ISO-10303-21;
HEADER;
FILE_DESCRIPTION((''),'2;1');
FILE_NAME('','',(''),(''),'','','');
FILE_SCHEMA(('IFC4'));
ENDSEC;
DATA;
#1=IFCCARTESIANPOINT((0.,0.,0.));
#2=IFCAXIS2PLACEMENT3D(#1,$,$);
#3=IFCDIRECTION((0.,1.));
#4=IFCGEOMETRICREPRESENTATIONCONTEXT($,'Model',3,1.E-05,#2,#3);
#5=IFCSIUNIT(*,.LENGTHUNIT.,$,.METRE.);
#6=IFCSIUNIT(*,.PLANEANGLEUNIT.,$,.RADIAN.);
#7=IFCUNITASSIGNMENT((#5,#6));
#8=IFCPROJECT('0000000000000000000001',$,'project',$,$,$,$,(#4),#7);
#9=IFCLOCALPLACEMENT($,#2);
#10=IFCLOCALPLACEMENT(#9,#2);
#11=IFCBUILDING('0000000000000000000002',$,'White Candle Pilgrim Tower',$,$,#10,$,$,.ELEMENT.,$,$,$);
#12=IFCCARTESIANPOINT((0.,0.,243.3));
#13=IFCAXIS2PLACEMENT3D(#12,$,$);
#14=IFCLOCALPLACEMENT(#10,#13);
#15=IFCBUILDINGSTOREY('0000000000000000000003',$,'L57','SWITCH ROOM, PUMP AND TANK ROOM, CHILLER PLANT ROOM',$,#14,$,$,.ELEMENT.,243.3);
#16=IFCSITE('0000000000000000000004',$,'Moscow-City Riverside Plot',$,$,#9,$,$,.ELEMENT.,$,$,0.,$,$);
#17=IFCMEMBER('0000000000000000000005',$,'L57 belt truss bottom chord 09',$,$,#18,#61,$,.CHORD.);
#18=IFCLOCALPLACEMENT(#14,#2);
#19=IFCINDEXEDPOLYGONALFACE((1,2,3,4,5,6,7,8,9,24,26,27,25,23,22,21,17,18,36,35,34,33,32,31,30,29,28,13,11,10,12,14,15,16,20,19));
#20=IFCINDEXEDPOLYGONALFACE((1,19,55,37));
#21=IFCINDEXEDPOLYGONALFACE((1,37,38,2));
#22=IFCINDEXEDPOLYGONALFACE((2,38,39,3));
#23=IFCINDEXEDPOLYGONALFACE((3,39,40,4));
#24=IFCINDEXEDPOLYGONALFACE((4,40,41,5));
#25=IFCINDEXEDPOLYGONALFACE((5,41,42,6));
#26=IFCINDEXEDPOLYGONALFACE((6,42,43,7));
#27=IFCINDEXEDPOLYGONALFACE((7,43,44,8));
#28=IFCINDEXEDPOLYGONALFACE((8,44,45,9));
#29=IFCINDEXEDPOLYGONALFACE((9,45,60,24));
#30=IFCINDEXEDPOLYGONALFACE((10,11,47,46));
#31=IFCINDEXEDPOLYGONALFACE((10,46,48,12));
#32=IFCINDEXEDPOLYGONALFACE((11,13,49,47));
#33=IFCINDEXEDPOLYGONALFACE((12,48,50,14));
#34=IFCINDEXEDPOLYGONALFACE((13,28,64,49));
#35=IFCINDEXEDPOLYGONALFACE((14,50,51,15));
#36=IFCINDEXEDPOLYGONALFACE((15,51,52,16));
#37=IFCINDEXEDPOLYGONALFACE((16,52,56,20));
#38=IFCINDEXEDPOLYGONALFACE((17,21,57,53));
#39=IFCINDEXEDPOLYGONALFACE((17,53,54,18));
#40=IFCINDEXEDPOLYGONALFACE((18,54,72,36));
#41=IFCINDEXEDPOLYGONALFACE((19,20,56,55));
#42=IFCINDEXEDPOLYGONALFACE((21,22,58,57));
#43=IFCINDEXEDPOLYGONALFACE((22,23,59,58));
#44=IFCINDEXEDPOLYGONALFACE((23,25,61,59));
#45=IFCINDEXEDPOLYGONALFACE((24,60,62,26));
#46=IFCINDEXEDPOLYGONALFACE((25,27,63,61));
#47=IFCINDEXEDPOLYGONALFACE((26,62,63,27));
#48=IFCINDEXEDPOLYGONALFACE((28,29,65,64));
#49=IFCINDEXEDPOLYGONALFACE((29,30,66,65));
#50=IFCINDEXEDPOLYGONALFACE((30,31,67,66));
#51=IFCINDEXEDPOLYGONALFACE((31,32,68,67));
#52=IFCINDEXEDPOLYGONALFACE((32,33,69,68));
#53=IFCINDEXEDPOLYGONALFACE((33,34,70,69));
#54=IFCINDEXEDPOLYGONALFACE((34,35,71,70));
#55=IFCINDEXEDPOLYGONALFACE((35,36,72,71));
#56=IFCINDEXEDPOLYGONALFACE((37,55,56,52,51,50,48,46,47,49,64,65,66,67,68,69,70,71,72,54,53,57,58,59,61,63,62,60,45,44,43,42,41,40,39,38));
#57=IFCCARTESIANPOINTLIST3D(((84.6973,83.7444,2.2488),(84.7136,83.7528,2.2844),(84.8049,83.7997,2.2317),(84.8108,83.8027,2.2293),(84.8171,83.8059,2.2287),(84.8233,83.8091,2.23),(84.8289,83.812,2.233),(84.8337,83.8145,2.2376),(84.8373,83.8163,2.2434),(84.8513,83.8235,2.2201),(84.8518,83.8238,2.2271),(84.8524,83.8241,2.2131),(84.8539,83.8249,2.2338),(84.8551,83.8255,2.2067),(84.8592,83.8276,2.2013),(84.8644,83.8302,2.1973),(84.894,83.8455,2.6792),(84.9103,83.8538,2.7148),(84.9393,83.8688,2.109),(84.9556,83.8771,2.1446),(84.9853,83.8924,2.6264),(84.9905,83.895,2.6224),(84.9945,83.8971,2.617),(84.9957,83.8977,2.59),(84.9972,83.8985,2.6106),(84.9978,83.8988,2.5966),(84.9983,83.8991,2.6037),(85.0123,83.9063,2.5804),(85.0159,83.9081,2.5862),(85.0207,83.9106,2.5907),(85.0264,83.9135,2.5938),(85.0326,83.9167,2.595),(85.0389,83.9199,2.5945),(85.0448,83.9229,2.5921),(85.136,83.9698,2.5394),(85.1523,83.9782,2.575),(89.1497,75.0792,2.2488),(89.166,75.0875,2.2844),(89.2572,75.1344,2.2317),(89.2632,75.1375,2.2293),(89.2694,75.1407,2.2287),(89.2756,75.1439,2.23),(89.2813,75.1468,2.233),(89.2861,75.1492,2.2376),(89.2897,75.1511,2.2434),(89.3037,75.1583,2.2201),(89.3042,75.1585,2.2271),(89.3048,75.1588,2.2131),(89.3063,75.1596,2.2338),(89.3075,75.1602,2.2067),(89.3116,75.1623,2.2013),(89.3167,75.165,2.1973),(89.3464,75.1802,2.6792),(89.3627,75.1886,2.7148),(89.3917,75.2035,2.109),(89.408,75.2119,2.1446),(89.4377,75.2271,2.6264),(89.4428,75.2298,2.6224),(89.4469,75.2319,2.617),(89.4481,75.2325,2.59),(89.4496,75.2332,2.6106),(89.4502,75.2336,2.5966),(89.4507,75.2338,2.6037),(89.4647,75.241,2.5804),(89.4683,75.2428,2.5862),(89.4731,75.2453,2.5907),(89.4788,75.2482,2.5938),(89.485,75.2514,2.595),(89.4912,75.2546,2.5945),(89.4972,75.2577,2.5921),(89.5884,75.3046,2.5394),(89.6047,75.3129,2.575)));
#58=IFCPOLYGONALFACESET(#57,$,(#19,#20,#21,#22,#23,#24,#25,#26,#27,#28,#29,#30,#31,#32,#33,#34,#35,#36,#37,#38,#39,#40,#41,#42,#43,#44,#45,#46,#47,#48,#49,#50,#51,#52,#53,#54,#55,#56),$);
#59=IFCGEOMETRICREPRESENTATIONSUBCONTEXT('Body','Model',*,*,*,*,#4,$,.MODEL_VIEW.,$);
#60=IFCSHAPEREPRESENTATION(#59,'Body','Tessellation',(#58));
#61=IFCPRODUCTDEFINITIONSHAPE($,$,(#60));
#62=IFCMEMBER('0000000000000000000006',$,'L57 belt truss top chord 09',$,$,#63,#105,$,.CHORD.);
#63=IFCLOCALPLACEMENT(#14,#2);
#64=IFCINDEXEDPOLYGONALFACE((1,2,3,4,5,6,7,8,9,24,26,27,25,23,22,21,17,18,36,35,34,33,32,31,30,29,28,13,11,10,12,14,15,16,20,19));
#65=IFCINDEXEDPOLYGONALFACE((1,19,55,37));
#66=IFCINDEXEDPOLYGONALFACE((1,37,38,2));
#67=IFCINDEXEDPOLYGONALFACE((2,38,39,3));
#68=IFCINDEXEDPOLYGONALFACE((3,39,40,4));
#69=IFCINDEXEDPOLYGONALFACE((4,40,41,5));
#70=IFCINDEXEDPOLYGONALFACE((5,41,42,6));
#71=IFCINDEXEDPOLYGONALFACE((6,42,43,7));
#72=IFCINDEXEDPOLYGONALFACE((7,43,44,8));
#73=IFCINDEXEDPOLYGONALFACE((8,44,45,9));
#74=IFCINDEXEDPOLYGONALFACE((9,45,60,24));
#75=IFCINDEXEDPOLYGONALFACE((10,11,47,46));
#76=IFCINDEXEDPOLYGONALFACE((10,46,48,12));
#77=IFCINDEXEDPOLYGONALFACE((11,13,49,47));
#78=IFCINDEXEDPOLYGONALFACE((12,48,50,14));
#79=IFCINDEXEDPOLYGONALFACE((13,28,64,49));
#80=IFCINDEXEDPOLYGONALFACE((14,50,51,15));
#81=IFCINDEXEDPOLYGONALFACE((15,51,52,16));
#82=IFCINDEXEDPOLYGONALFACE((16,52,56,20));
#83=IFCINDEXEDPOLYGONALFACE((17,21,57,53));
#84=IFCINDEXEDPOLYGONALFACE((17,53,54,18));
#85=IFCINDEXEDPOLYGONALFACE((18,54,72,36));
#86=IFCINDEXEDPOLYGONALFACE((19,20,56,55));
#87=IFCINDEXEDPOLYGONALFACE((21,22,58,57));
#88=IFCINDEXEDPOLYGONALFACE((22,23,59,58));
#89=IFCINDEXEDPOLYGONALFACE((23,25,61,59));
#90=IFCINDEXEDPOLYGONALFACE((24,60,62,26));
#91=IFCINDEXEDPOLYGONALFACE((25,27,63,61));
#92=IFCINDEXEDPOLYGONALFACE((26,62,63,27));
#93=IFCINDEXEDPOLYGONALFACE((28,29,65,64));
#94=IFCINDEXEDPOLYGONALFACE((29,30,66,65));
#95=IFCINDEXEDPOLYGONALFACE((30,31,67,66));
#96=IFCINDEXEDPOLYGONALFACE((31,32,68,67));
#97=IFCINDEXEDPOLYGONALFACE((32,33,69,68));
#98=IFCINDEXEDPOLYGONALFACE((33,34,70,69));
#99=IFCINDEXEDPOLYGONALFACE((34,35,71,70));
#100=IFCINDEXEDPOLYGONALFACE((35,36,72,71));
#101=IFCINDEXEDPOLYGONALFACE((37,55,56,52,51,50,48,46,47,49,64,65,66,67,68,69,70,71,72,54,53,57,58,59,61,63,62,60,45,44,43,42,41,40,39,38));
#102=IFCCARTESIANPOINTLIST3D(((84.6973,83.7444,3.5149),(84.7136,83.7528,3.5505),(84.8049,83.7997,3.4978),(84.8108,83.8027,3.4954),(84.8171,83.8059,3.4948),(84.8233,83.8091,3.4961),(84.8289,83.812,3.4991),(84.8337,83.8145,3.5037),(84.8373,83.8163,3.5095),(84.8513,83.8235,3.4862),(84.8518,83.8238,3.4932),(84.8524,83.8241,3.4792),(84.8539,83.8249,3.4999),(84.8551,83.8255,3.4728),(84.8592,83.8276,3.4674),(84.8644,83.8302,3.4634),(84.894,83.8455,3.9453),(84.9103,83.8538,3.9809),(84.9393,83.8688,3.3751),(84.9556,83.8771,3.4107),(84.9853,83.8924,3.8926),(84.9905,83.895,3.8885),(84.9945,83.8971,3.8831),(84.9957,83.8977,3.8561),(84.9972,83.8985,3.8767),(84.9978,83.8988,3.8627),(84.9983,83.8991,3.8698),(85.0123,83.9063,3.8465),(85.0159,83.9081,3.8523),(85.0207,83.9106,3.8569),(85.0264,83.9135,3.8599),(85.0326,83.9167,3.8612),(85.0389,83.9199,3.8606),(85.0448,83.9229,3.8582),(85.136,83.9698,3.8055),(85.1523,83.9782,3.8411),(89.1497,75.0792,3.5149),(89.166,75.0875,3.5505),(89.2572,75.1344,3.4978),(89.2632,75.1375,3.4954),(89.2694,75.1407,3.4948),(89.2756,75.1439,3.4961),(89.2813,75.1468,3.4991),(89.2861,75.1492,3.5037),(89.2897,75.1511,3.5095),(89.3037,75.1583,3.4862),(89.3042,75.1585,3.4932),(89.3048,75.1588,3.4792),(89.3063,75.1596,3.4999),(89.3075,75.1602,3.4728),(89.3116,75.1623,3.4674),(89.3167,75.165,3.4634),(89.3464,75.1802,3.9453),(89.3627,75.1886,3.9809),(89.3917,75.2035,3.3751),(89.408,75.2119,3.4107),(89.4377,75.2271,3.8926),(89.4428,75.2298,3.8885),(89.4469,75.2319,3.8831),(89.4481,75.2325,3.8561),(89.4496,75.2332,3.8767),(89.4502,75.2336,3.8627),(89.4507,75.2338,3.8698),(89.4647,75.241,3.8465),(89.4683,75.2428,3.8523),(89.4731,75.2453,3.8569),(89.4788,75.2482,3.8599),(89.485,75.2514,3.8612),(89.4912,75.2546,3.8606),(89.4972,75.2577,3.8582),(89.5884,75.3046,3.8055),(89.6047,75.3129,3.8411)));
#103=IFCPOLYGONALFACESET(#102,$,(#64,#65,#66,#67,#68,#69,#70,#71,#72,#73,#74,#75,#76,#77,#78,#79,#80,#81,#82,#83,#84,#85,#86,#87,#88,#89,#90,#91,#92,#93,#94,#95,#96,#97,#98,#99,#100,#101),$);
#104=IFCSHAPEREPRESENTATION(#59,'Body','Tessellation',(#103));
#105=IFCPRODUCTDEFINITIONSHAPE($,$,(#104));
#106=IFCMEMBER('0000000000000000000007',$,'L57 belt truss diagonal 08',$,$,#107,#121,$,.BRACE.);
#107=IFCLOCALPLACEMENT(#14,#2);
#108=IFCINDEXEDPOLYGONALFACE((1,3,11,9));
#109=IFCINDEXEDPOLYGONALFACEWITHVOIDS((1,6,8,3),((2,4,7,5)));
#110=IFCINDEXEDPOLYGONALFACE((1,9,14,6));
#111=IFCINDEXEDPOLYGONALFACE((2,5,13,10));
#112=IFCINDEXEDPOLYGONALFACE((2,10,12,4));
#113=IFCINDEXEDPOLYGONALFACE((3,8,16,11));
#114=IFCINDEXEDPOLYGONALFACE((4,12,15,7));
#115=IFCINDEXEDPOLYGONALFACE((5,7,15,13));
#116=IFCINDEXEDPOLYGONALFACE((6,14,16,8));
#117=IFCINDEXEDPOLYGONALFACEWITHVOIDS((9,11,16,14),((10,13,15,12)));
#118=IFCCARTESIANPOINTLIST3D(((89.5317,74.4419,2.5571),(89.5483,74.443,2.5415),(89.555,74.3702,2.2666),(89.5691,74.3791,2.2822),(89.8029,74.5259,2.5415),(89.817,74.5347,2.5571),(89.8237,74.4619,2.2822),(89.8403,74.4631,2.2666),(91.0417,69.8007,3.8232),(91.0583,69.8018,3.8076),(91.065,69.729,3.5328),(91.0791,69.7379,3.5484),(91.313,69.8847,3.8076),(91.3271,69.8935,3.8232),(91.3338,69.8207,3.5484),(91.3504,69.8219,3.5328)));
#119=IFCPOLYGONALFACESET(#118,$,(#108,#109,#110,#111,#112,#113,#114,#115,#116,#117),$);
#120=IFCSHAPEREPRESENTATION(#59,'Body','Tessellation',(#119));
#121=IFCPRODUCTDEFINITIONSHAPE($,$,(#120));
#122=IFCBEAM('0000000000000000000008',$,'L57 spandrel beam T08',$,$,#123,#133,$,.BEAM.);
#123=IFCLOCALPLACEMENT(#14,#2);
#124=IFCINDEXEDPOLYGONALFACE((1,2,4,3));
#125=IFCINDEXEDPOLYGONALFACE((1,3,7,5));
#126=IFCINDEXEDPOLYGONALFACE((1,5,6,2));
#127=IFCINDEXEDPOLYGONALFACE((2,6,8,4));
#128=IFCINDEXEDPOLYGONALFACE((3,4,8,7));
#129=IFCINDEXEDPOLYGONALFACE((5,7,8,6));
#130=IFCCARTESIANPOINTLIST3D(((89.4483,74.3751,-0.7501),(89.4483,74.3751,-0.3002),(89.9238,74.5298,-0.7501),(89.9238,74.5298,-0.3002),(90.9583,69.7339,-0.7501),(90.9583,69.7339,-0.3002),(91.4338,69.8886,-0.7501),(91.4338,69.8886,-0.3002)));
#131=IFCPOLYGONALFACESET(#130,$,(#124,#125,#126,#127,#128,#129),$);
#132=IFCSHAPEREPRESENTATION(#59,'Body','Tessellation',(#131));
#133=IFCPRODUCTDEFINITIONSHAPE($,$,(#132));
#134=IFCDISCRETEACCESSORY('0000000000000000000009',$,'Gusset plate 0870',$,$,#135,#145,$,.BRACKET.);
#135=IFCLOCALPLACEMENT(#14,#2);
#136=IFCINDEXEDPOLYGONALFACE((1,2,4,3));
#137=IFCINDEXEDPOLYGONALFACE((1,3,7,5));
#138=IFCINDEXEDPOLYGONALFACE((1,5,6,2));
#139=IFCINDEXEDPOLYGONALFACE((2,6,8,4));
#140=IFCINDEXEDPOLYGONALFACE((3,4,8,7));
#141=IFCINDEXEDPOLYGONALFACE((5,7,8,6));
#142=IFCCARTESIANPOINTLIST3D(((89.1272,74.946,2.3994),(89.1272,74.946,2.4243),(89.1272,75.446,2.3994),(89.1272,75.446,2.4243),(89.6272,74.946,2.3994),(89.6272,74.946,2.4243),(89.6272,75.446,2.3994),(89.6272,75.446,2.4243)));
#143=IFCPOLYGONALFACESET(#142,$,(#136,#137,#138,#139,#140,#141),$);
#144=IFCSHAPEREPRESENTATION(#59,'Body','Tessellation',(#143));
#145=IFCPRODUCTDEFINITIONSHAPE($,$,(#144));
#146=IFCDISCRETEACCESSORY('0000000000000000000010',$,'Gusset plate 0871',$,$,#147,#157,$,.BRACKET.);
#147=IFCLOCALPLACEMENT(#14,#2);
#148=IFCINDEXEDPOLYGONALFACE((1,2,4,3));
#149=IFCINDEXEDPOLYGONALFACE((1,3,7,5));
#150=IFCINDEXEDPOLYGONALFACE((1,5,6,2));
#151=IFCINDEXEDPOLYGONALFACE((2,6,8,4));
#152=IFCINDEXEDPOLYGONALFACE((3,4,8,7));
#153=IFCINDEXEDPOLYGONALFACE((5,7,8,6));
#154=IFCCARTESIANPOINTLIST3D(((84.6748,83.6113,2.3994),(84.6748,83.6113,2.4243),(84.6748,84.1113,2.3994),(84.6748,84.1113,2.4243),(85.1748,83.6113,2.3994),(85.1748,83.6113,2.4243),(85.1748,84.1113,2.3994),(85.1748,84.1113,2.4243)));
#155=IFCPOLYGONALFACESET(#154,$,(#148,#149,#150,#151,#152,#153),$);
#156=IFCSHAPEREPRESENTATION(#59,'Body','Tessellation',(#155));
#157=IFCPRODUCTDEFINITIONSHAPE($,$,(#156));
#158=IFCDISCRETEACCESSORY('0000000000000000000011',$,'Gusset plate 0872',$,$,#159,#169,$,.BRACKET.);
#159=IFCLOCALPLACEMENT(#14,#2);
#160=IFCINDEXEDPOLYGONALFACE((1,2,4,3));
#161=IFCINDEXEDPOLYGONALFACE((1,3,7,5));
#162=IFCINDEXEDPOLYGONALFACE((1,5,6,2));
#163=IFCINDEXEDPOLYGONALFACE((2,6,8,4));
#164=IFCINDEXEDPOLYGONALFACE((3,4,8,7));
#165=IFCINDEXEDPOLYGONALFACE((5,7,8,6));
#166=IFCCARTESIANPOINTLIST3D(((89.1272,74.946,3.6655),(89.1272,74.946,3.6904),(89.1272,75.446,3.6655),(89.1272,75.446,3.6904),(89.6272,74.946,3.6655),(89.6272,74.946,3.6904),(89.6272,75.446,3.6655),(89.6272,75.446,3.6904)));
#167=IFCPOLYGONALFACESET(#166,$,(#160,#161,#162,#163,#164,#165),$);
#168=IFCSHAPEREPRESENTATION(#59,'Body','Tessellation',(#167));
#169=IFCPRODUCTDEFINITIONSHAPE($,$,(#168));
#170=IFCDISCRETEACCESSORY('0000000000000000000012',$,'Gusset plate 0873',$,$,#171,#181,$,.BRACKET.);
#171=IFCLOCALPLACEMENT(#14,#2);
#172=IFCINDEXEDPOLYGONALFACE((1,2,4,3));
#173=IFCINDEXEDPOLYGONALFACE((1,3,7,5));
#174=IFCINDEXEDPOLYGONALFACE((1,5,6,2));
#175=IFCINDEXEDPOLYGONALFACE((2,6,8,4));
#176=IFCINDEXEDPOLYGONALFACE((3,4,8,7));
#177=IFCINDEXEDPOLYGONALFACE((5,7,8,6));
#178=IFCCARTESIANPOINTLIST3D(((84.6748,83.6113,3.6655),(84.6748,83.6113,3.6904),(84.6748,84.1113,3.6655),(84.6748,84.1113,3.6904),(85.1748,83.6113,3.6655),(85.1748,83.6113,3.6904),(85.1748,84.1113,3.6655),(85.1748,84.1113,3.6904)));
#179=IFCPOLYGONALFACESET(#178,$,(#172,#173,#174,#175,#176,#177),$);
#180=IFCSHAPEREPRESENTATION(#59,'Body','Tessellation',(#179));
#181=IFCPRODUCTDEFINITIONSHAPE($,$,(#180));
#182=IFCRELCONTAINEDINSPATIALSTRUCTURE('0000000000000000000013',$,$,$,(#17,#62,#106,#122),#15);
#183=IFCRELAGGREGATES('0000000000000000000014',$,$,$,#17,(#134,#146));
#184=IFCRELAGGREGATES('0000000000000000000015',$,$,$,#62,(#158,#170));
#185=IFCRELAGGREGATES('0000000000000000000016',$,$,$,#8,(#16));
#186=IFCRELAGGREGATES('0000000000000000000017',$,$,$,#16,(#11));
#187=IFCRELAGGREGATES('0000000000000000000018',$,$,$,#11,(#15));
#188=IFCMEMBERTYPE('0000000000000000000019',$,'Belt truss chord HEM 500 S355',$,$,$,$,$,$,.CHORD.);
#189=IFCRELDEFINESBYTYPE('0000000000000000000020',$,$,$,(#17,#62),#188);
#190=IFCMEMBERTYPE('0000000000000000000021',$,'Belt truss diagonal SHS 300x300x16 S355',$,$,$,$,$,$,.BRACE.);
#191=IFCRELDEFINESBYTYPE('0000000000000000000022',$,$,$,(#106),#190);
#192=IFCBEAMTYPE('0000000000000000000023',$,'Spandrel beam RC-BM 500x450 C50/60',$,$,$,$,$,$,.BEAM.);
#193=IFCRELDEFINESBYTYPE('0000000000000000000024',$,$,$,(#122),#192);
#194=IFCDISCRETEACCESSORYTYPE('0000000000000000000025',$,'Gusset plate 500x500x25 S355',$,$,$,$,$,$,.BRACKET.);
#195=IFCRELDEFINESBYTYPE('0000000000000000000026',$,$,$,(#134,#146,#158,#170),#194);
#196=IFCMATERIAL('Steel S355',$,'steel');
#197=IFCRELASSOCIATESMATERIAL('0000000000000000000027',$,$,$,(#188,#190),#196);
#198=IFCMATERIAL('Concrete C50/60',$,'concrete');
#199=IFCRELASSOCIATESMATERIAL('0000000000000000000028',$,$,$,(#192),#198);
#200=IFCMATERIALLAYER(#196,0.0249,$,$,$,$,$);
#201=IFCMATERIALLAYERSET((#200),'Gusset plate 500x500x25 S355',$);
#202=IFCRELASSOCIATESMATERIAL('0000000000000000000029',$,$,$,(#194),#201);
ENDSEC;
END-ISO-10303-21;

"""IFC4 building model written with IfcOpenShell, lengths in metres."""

from ifc_helpers import new_model, si_unit, direction, frame, origin, origin_2d, place, context, subcontext, project, spatial, rectangle, hollow_rectangle, i_section, extrude, material, layer, layer_set, material_profile, profile_set, type_object, element, aggregate, save


model = new_model("IFC4")

# Units and contexts
model_context = context("Model", 3, precision=1e-05, world=origin(), true_north=direction((0.0, 1.0)))
body_context = subcontext(model_context, "Body", "Model", "MODEL_VIEW")
ifc_project = project(units=[si_unit("LENGTHUNIT", "METRE"), si_unit("PLANEANGLEUNIT", "RADIAN")], contexts=[model_context])

# Site, building, storey
site_placement = place(None, origin())
site = spatial("IfcSite", under=ifc_project, at=site_placement, Name="Moscow-City Riverside Plot", CompositionType="ELEMENT", RefElevation=0.0)
building_placement = place(site_placement, origin())
building = spatial("IfcBuilding", under=site, at=building_placement, Name="White Candle Pilgrim Tower", CompositionType="ELEMENT")
storey_placement = place(building_placement, frame((0.0, 0.0, 243.3)))
storey = spatial("IfcBuildingStorey", under=building, at=storey_placement, Name="L57", Description="SWITCH ROOM, PUMP AND TANK ROOM, CHILLER PLANT ROOM", CompositionType="ELEMENT", Elevation=243.3)

# Members
ifc_material_1 = material(Name="Steel S355", Category="steel")
ifc_material_profile_1 = material_profile(ifc_material_1, i_section(OverallWidth=0.3059, OverallDepth=0.5239, WebThickness=0.021, FlangeThickness=0.04, FilletRadius=0.0271, at=origin_2d()), Name="HEM 500")
ifc_profile_set_1 = profile_set([ifc_material_profile_1], Name="Steel S355")
member_type_1 = type_object("IfcMemberType", Name="Belt truss chord HEM 500 S355", PredefinedType="CHORD", material=ifc_profile_set_1)
member_1_placement = place(storey_placement, frame((89.3772, 75.196, 2.4119), z_axis=(-0.45702, 0.889456, 0.0), x_axis=(0.791138, 0.406502, -0.457008)))
member_1 = element("IfcMember", 1, at=member_1_placement, inside=storey, type_object=member_type_1, Name="L57 belt truss bottom chord 09", PredefinedType="CHORD", context=body_context, shape_type="SweptSolid", body=[
    extrude(i_section(OverallWidth=0.3059, OverallDepth=0.5239, WebThickness=0.021, FlangeThickness=0.04, FilletRadius=0.0271, at=origin_2d()), origin(), (0.0, 0.0, 1.0), 9.7422),
])
member_2_placement = place(storey_placement, frame((89.3772, 75.196, 3.678), z_axis=(-0.45702, 0.889456, 0.0), x_axis=(0.791138, 0.406502, -0.457008)))
member_2 = element("IfcMember", 2, at=member_2_placement, inside=storey, type_object=member_type_1, Name="L57 belt truss top chord 09", PredefinedType="CHORD", context=body_context, shape_type="SweptSolid", body=[
    extrude(i_section(OverallWidth=0.3059, OverallDepth=0.5239, WebThickness=0.021, FlangeThickness=0.04, FilletRadius=0.0271, at=origin_2d()), origin(), (0.0, 0.0, 1.0), 9.7422),
])
ifc_material_profile_2 = material_profile(ifc_material_1, hollow_rectangle(XDim=0.3, YDim=0.3, WallThickness=0.0161, at=origin_2d()), Name="SHS 300x300x16")
ifc_profile_set_2 = profile_set([ifc_material_profile_2], Name="Steel S355")
member_type_2 = type_object("IfcMemberType", Name="Belt truss diagonal SHS 300x300x16 S355", PredefinedType="BRACE", material=ifc_profile_set_2)
member_3_placement = place(storey_placement, frame((91.196, 69.8113, 3.678), z_axis=(-0.299478, 0.920466, -0.251107), x_axis=(-0.950935, -0.309391, 0.0)))
element("IfcMember", 3, at=member_3_placement, inside=storey, type_object=member_type_2, Name="L57 belt truss diagonal 08", PredefinedType="BRACE", context=body_context, shape_type="SweptSolid", body=[
    extrude(hollow_rectangle(XDim=0.3, YDim=0.3, WallThickness=0.0161, at=origin_2d()), origin(), (0.0, 0.0, 1.0), 5.0422),
])

# Beam
ifc_material_2 = material(Name="Concrete C50/60", Category="concrete")
ifc_material_profile_3 = material_profile(ifc_material_2, rectangle(XDim=0.5, YDim=0.45, at=origin_2d()), Name="RC-BM 500x450")
ifc_profile_set_3 = profile_set([ifc_material_profile_3], Name="Concrete C50/60")
beam_type = type_object("IfcBeamType", Name="Spandrel beam RC-BM 500x450 C50/60", PredefinedType="BEAM", material=ifc_profile_set_3)
beam_placement = place(storey_placement, frame((91.196, 69.8113, -0.5251), z_axis=(-0.309391, 0.950935, 0.0), x_axis=(-0.950935, -0.309391, 0.0)))
element("IfcBeam", 4, at=beam_placement, inside=storey, type_object=beam_type, Name="L57 spandrel beam T08", PredefinedType="BEAM", context=body_context, shape_type="SweptSolid", body=[
    extrude(rectangle(XDim=0.5, YDim=0.45, at=origin_2d()), origin(), (0.0, 0.0, 1.0), 4.8806),
])

# Discrete accessories
ifc_layer_1 = layer(ifc_material_1, 0.0249)
ifc_layer_set_1 = layer_set([ifc_layer_1], Name="Gusset plate 500x500x25 S355")
discrete_accessory_type = type_object("IfcDiscreteAccessoryType", Name="Gusset plate 500x500x25 S355", PredefinedType="BRACKET", material=ifc_layer_set_1)
discrete_accessory_1_placement = place(storey_placement, frame((89.3772, 75.196, 2.3994), z_axis=(0.0, 0.0, 1.0), x_axis=(1.0, 0.0, 0.0)))
discrete_accessory_1 = element("IfcDiscreteAccessory", 5, at=discrete_accessory_1_placement, type_object=discrete_accessory_type, Name="Gusset plate 0870", PredefinedType="BRACKET", context=body_context, shape_type="SweptSolid", body=[
    extrude(rectangle(XDim=0.5, YDim=0.5, at=origin_2d()), origin(), (0.0, 0.0, 1.0), 0.0249),
])
discrete_accessory_2_placement = place(storey_placement, frame((84.9248, 83.8613, 2.3994), z_axis=(0.0, 0.0, 1.0), x_axis=(1.0, 0.0, 0.0)))
discrete_accessory_2 = element("IfcDiscreteAccessory", 6, at=discrete_accessory_2_placement, type_object=discrete_accessory_type, Name="Gusset plate 0871", PredefinedType="BRACKET", context=body_context, shape_type="SweptSolid", body=[
    extrude(rectangle(XDim=0.5, YDim=0.5, at=origin_2d()), origin(), (0.0, 0.0, 1.0), 0.0249),
])
aggregate(member_1, [discrete_accessory_1, discrete_accessory_2])
discrete_accessory_3_placement = place(storey_placement, frame((89.3772, 75.196, 3.6655), z_axis=(0.0, 0.0, 1.0), x_axis=(1.0, 0.0, 0.0)))
discrete_accessory_3 = element("IfcDiscreteAccessory", 7, at=discrete_accessory_3_placement, type_object=discrete_accessory_type, Name="Gusset plate 0872", PredefinedType="BRACKET", context=body_context, shape_type="SweptSolid", body=[
    extrude(rectangle(XDim=0.5, YDim=0.5, at=origin_2d()), origin(), (0.0, 0.0, 1.0), 0.0249),
])
discrete_accessory_4_placement = place(storey_placement, frame((84.9248, 83.8613, 3.6655), z_axis=(0.0, 0.0, 1.0), x_axis=(1.0, 0.0, 0.0)))
discrete_accessory_4 = element("IfcDiscreteAccessory", 8, at=discrete_accessory_4_placement, type_object=discrete_accessory_type, Name="Gusset plate 0873", PredefinedType="BRACKET", context=body_context, shape_type="SweptSolid", body=[
    extrude(rectangle(XDim=0.5, YDim=0.5, at=origin_2d()), origin(), (0.0, 0.0, 1.0), 0.0249),
])
aggregate(member_2, [discrete_accessory_3, discrete_accessory_4])

save(model, "model.ifc")
